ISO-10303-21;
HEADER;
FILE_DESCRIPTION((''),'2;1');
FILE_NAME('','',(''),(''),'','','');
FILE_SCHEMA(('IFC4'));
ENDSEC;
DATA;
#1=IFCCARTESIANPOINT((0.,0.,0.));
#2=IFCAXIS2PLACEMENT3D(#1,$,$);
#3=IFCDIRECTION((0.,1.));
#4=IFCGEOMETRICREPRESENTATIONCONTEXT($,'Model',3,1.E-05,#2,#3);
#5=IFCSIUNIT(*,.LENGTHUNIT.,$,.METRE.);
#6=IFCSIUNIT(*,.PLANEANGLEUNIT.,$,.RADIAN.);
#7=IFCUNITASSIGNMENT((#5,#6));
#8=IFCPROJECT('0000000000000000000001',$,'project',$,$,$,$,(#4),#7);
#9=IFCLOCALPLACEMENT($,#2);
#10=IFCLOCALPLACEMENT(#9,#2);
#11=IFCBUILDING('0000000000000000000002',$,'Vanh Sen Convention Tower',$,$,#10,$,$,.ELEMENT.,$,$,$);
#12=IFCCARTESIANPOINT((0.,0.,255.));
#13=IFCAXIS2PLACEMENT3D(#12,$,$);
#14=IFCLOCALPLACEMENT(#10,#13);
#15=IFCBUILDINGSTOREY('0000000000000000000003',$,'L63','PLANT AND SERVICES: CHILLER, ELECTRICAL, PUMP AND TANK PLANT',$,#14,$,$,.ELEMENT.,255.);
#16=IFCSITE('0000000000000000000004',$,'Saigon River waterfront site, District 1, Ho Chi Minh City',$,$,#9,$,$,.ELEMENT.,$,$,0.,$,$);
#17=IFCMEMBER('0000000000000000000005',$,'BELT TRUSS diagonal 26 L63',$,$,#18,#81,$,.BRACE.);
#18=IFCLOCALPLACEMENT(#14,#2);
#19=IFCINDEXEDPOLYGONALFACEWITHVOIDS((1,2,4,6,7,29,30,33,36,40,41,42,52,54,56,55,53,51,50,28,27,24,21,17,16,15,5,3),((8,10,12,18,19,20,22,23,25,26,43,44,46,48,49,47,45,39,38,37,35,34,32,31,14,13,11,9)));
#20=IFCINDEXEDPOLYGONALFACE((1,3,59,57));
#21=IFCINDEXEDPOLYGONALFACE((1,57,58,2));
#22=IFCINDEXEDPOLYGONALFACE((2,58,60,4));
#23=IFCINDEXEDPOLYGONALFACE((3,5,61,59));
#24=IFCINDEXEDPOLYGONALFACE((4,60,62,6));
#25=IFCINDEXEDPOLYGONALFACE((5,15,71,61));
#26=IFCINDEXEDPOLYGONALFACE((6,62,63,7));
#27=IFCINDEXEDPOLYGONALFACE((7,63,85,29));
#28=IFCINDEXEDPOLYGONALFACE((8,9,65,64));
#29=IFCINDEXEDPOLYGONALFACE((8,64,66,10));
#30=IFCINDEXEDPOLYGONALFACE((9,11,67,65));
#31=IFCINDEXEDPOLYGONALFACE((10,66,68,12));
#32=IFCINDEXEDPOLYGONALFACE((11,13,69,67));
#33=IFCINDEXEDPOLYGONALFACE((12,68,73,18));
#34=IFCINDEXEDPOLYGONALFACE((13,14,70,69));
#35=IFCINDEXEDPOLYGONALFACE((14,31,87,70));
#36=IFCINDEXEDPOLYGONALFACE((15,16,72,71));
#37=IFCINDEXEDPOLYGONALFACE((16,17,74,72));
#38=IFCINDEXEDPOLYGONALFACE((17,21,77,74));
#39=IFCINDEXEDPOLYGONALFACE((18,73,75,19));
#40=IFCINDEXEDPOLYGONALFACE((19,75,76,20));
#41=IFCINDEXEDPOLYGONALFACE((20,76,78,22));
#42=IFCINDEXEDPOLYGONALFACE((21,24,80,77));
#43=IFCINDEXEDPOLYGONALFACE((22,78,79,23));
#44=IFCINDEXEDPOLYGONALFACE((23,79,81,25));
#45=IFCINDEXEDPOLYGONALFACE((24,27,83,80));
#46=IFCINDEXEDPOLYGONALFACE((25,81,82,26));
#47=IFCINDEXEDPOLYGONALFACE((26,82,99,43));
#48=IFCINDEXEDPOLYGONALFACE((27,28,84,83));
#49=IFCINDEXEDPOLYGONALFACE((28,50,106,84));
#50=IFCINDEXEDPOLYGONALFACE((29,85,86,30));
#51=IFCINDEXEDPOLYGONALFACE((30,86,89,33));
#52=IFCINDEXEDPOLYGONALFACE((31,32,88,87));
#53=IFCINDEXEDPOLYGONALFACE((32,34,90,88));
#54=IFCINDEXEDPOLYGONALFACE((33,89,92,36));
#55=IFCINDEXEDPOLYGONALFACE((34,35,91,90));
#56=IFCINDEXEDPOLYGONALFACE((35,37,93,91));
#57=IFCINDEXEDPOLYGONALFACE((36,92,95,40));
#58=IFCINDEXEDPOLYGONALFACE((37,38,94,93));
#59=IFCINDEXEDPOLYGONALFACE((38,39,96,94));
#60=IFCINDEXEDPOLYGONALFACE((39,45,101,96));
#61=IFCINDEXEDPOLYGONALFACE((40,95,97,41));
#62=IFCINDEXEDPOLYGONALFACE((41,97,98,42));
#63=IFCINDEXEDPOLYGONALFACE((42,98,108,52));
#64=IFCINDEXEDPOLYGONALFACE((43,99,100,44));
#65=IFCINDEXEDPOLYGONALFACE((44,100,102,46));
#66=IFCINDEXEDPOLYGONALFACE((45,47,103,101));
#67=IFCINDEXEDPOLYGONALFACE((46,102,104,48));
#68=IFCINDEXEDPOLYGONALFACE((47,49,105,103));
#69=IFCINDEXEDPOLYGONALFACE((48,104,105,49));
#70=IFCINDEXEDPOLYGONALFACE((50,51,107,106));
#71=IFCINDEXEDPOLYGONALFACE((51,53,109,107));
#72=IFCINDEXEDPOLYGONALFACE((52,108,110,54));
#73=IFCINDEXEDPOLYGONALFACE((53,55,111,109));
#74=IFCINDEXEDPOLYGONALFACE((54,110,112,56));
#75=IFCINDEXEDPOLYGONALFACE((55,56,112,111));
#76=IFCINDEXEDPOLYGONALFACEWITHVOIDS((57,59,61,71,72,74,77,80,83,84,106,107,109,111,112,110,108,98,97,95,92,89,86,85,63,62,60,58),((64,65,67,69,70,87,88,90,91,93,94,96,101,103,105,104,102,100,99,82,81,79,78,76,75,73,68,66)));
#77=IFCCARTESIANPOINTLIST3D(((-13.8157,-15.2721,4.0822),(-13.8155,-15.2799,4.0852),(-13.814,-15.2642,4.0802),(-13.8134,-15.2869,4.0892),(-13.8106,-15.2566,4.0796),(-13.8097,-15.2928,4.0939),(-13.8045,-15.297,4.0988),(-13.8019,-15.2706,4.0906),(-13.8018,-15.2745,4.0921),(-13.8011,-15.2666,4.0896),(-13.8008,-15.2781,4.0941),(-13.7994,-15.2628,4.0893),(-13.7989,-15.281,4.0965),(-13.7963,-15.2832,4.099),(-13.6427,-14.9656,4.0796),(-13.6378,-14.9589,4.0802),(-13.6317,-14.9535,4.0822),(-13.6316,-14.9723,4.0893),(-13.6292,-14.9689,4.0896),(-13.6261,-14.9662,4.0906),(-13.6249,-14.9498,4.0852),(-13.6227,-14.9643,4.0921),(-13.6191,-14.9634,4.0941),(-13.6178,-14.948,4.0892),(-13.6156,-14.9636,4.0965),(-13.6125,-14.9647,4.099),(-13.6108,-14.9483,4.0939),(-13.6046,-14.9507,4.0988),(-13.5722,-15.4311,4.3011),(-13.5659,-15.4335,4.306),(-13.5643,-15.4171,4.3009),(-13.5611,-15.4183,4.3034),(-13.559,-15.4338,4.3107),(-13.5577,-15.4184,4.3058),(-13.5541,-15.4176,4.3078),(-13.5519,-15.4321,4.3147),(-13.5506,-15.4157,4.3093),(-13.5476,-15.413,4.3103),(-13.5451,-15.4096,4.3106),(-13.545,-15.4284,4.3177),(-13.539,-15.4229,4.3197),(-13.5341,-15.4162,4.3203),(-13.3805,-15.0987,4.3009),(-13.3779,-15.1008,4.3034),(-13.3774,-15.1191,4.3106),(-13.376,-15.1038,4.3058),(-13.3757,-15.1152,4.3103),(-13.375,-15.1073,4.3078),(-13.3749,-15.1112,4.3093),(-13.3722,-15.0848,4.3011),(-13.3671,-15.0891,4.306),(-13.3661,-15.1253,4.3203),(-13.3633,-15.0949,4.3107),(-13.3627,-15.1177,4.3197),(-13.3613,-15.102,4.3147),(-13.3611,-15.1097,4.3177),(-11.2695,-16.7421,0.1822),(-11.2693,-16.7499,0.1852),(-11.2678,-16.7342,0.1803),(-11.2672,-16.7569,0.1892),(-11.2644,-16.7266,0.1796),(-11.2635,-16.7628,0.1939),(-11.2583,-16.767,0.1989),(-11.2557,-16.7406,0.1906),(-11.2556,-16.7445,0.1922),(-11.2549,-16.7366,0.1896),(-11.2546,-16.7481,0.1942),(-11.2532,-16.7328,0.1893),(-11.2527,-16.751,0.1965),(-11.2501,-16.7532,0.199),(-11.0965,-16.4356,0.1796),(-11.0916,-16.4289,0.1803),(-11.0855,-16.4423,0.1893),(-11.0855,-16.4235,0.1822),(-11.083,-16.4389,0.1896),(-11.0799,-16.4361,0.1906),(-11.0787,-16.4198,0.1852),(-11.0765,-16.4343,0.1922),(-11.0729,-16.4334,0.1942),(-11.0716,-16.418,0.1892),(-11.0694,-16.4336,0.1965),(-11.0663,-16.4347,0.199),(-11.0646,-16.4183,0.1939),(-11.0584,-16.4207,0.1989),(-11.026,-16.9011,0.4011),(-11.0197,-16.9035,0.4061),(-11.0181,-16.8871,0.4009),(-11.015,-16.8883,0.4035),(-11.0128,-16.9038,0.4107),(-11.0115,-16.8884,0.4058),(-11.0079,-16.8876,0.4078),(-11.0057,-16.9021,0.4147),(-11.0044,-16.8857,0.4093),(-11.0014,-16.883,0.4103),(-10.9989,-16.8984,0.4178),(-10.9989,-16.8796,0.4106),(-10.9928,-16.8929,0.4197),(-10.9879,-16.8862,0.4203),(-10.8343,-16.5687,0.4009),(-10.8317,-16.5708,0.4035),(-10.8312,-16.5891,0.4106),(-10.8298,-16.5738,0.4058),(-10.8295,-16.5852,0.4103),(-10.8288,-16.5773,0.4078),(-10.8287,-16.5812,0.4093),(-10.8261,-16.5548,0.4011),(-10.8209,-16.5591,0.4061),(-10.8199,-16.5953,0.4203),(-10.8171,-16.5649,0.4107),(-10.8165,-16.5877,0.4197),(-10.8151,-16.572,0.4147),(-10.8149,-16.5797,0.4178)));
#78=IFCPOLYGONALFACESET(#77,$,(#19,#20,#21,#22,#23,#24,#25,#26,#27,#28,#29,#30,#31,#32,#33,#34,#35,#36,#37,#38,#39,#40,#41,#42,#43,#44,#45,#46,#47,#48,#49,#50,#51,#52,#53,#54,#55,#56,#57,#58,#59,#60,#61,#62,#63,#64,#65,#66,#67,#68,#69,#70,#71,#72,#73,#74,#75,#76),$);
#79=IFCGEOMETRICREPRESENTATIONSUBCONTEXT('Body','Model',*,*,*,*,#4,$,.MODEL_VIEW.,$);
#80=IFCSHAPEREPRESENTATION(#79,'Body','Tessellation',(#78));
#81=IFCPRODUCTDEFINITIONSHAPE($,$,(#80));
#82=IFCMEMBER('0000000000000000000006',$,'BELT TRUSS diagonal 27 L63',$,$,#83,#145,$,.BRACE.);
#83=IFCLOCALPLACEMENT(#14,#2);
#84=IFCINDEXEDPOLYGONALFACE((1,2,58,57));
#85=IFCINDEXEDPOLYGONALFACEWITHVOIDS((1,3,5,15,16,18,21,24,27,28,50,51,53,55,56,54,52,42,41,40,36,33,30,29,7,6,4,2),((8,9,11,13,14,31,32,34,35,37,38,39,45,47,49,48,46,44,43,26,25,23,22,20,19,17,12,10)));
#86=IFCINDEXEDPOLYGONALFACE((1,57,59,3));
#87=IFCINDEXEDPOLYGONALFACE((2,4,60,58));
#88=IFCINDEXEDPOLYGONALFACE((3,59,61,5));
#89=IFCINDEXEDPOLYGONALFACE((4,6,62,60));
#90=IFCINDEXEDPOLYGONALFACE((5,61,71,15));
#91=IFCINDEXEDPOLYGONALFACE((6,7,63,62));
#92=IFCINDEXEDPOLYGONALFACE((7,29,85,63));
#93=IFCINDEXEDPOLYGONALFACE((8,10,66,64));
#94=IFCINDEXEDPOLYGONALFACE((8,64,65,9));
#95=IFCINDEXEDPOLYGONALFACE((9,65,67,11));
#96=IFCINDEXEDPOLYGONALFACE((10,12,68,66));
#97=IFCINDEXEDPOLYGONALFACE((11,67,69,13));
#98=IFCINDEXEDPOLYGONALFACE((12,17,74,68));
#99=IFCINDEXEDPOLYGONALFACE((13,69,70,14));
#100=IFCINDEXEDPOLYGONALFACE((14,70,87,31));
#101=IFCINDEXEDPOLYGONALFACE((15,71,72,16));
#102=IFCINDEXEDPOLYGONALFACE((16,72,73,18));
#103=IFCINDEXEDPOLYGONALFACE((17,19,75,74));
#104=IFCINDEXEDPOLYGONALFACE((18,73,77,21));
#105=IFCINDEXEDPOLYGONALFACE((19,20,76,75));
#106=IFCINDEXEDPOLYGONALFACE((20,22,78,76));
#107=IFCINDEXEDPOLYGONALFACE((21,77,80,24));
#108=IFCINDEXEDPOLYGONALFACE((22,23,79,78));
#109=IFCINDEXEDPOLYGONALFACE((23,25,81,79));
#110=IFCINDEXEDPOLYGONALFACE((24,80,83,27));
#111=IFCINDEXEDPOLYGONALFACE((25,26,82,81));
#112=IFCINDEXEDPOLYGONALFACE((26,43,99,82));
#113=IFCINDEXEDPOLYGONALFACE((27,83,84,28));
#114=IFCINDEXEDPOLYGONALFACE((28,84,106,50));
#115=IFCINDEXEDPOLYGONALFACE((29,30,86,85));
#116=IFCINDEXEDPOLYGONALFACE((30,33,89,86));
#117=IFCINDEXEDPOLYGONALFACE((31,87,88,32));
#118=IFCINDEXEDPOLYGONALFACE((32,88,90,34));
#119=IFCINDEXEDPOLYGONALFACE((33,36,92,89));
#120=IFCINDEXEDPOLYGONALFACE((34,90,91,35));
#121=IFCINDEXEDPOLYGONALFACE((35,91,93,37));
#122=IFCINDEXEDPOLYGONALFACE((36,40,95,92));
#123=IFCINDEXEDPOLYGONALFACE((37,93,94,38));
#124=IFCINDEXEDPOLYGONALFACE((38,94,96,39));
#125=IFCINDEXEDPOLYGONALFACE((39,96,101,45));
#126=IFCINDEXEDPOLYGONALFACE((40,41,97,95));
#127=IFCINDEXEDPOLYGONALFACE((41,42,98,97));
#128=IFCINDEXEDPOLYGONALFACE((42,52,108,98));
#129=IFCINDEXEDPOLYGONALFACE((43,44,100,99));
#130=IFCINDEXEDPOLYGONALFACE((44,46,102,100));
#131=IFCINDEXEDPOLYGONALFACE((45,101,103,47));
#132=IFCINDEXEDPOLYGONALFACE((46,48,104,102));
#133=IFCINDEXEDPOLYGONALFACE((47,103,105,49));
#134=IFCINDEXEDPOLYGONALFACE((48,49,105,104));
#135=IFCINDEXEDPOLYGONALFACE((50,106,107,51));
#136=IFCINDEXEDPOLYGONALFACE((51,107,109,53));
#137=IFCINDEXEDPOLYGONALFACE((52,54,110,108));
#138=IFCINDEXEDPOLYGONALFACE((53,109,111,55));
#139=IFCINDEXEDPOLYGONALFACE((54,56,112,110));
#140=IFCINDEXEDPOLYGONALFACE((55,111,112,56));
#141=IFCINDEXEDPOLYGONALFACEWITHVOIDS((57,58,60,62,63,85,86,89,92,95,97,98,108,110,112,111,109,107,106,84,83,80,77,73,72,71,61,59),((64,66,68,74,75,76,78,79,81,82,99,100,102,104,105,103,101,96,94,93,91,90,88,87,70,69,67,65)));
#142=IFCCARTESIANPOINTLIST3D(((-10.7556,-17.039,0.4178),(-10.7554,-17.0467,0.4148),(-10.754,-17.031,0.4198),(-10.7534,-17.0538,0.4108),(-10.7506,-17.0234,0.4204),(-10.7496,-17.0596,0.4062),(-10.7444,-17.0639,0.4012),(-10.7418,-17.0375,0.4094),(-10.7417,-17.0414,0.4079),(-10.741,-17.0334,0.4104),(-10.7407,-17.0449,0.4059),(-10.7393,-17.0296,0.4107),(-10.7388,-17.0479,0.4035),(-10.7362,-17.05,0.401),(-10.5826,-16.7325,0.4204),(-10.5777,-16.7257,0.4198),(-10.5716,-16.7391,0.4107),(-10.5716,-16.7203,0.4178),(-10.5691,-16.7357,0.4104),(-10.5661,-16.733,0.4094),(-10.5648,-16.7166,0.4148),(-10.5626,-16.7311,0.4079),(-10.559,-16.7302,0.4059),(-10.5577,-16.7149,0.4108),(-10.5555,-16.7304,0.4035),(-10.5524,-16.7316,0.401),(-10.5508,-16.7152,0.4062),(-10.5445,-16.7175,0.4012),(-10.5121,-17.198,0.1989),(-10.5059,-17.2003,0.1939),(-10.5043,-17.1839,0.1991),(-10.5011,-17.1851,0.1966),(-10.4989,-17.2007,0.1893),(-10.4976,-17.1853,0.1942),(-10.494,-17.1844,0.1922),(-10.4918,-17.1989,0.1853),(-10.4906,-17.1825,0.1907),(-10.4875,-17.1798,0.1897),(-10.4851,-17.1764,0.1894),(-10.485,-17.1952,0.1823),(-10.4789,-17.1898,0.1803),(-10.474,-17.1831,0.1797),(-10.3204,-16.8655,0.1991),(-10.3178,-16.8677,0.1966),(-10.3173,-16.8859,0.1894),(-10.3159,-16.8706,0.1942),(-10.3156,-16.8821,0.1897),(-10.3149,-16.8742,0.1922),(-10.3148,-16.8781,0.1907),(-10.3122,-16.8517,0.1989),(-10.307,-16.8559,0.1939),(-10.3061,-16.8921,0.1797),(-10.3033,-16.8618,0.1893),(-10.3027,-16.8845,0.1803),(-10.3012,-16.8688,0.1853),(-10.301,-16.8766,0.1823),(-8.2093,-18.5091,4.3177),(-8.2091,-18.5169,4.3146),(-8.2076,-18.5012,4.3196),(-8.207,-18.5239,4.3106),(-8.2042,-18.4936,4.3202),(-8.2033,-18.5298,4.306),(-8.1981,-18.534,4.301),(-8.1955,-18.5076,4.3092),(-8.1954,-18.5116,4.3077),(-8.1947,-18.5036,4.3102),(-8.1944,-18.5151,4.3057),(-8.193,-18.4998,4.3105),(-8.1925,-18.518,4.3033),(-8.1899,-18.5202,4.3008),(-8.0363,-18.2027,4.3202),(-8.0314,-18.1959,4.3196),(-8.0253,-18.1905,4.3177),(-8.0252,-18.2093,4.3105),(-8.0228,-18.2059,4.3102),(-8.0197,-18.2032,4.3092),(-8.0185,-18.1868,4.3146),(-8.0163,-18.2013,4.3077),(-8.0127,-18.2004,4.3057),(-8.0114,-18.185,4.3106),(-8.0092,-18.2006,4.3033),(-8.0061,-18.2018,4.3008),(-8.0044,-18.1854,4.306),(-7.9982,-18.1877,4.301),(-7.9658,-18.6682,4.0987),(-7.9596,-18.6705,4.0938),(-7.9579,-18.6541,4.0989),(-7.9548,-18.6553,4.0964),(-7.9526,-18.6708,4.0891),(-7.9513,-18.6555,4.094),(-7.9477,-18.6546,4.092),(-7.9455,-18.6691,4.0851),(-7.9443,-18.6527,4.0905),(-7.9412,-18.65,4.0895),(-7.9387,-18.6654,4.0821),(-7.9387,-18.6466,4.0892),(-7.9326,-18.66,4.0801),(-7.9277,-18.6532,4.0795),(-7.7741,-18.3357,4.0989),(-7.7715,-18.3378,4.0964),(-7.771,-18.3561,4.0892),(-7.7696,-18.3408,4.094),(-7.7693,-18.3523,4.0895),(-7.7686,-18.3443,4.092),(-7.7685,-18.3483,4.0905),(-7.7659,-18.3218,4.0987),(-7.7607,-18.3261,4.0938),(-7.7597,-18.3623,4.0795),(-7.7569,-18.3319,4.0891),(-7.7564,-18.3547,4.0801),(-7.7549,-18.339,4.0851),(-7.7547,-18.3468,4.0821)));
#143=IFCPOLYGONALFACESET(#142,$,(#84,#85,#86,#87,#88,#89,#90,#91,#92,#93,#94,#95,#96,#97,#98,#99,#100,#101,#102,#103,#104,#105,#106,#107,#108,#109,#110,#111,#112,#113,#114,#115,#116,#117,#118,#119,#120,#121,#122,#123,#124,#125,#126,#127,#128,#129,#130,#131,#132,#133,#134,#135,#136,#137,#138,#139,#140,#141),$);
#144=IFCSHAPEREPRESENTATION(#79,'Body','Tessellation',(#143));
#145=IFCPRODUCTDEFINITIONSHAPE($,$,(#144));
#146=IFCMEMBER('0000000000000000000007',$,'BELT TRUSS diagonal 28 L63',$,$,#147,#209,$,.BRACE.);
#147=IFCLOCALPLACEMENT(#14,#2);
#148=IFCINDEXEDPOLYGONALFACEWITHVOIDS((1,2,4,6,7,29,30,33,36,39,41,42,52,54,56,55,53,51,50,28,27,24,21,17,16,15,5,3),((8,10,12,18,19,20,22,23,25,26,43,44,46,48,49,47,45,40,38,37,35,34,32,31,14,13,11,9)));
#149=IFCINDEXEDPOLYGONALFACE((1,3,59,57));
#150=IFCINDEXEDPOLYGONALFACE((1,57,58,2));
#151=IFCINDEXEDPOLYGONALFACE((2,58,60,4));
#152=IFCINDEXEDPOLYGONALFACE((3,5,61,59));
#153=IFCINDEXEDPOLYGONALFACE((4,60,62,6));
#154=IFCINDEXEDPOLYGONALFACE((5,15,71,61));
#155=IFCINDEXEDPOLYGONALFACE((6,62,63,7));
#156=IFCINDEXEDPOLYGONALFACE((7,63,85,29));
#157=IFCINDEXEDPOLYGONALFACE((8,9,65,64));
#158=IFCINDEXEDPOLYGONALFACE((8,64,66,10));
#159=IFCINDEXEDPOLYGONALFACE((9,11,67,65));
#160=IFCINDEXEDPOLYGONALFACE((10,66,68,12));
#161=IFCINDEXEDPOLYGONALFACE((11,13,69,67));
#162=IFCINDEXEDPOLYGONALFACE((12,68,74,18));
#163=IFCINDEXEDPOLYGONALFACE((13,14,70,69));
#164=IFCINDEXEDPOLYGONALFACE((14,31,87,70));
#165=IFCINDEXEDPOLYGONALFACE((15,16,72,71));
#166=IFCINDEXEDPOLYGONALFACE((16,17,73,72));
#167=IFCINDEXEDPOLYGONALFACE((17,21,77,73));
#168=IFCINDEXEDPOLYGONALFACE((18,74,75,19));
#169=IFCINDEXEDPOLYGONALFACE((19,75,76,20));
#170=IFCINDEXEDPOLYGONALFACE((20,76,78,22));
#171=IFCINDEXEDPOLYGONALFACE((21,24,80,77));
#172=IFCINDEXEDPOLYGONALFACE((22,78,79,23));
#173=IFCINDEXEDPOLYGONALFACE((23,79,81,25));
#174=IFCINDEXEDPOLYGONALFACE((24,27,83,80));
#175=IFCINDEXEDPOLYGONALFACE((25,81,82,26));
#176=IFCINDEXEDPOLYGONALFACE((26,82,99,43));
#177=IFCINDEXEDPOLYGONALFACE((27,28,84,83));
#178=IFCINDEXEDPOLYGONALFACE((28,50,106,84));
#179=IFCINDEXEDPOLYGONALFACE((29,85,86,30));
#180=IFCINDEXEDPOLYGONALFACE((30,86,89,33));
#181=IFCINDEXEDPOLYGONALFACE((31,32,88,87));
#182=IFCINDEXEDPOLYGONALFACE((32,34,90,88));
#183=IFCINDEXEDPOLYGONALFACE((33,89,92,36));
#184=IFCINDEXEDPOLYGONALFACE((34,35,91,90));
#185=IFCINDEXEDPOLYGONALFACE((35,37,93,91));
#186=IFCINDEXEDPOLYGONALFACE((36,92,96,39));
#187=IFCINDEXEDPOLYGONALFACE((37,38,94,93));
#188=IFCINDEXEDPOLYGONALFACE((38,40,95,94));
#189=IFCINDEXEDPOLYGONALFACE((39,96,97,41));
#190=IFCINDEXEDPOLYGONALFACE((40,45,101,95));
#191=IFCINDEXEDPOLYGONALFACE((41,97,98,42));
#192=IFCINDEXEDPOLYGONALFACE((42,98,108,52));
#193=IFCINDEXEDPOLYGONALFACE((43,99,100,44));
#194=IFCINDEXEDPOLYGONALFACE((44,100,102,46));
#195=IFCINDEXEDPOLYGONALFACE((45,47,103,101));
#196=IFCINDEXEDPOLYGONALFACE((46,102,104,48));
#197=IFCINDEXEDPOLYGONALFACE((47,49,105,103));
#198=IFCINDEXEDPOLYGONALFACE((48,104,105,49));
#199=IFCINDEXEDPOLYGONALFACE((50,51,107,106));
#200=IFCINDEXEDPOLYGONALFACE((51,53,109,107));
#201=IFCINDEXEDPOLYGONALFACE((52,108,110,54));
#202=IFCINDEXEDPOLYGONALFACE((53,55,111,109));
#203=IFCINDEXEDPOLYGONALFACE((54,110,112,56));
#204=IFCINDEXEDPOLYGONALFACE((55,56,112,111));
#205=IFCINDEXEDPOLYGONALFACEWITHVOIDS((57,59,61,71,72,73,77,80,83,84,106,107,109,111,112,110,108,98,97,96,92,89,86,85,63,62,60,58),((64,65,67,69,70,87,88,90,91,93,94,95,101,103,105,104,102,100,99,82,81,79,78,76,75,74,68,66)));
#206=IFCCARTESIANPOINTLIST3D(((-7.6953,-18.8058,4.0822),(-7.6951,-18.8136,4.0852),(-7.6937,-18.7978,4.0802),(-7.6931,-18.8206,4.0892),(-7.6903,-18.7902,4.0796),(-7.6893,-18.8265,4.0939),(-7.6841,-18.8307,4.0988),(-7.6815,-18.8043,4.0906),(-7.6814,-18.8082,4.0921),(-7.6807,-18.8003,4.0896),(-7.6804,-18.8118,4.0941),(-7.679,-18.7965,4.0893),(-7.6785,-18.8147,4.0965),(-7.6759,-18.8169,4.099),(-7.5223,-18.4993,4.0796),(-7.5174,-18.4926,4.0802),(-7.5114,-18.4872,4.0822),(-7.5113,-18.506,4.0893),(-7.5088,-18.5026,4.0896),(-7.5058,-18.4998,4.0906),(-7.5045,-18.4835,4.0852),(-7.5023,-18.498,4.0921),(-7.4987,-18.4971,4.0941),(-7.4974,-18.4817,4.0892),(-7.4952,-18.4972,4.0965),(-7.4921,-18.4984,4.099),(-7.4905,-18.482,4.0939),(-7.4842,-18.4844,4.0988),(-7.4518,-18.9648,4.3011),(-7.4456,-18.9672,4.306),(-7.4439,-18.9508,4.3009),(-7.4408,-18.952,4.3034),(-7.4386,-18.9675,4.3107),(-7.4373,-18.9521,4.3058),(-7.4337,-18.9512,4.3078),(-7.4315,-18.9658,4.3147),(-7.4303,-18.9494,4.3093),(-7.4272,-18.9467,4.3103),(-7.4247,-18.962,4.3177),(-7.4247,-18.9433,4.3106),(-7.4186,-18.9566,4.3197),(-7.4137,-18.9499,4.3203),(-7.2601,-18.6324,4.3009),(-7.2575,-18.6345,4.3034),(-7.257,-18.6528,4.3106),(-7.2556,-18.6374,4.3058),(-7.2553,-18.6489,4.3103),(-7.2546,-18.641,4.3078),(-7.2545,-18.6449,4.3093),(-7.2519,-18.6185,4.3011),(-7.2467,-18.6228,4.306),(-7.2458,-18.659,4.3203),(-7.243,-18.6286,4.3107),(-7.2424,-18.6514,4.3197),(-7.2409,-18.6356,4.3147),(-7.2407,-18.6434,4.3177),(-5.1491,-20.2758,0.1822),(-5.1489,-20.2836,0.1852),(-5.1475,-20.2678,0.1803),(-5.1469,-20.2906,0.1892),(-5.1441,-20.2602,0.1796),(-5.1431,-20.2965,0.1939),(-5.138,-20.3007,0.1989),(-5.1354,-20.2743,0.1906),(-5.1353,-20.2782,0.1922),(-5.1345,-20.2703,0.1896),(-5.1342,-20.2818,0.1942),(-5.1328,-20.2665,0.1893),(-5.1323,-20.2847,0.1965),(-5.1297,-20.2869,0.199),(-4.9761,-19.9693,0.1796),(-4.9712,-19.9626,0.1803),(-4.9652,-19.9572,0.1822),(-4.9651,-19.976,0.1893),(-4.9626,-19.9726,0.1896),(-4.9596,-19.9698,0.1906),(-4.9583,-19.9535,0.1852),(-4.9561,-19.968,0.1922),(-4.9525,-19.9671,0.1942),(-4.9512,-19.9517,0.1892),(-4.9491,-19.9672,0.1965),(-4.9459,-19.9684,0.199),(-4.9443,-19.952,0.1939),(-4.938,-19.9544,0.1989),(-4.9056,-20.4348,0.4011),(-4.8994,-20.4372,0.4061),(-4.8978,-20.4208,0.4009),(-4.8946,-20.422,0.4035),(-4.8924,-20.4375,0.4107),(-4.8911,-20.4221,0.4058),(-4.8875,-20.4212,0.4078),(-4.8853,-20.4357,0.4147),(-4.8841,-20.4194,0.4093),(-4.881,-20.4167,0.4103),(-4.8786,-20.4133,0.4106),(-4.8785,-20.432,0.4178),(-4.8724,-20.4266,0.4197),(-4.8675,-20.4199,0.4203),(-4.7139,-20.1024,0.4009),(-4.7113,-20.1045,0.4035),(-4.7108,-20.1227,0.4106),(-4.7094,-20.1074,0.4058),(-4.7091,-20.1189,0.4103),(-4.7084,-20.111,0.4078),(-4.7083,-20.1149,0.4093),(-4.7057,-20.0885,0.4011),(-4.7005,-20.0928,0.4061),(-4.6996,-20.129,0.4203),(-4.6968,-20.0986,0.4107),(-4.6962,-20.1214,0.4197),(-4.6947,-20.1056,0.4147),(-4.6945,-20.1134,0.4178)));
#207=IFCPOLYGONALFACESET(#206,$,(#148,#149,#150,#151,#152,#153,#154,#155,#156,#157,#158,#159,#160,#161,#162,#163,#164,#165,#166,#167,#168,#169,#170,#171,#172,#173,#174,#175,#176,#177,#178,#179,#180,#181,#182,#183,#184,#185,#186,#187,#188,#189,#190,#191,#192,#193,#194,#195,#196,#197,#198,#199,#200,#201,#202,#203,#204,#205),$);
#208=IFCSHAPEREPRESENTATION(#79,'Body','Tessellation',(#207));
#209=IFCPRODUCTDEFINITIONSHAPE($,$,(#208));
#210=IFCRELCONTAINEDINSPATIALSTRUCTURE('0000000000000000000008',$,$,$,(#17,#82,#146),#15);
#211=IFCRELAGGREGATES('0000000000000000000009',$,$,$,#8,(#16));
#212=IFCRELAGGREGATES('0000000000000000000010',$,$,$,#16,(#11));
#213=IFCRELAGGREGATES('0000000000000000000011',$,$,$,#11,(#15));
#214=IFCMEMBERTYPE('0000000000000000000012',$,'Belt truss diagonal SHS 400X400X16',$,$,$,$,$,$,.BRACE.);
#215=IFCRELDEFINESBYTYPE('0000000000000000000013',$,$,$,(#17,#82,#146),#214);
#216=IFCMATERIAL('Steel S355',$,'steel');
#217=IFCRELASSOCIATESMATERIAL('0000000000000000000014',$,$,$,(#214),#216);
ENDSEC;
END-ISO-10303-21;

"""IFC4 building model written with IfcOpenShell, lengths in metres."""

from ifc_helpers import new_model, si_unit, direction, frame, origin, origin_2d, place, context, subcontext, project, spatial, hollow_rectangle, extrude, material, material_profile, profile_set, type_object, element, save


model = new_model("IFC4")

# Units and contexts
model_context = context("Model", 3, precision=1e-05, world=origin(), true_north=direction((0.0, 1.0)))
body_context = subcontext(model_context, "Body", "Model", "MODEL_VIEW")
ifc_project = project(units=[si_unit("LENGTHUNIT", "METRE"), si_unit("PLANEANGLEUNIT", "RADIAN")], contexts=[model_context])

# Site, building, storey
site_placement = place(None, origin())
site = spatial("IfcSite", under=ifc_project, at=site_placement, Name="Saigon River waterfront site, District 1, Ho Chi Minh City", CompositionType="ELEMENT", RefElevation=0.0)
building_placement = place(site_placement, origin())
building = spatial("IfcBuilding", under=site, at=building_placement, Name="Vanh Sen Convention Tower", CompositionType="ELEMENT")
storey_placement = place(building_placement, frame((0.0, 0.0, 255.0)))
storey = spatial("IfcBuildingStorey", under=building, at=storey_placement, Name="L63", Description="PLANT AND SERVICES: CHILLER, ELECTRICAL, PUMP AND TANK PLANT", CompositionType="ELEMENT", Elevation=255.0)

# Members
ifc_material_1 = material(Name="Steel S355", Category="steel")
ifc_material_profile_1 = material_profile(ifc_material_1, hollow_rectangle(XDim=0.3999, YDim=0.3999, WallThickness=0.0161, InnerFilletRadius=0.0161, OuterFilletRadius=0.032, at=origin_2d()), Name="SHS 400X400X16")
ifc_profile_set_1 = profile_set([ifc_material_profile_1], Name="Steel S355")
member_type_1 = type_object("IfcMemberType", Name="Belt truss diagonal SHS 400X400X16", PredefinedType="BRACE", material=ifc_profile_set_1)
for number, where, z_axis, x_axis, name in (
    (1, (-13.5884, -15.1909, 4.2), (0.521329, -0.30098, -0.798515), (0.499988, 0.866032, 0.0), "BELT TRUSS diagonal 26 L63"),
    (2, (-10.5283, -16.9578, 0.3), (0.521358, -0.301018, 0.798482), (0.500015, 0.866017, 0.0), "BELT TRUSS diagonal 27 L63"),
    (3, (-7.468, -18.7246, 4.2), (0.521329, -0.30098, -0.798515), (0.499988, 0.866032, 0.0), "BELT TRUSS diagonal 28 L63"),
):
    element("IfcMember", number, at=place(storey_placement, frame(where, z_axis=z_axis, x_axis=x_axis)), inside=storey, type_object=member_type_1, Name=name, PredefinedType="BRACE", context=body_context, shape_type="SweptSolid", body=[
        extrude(hollow_rectangle(XDim=0.3999, YDim=0.3999, WallThickness=0.0161, InnerFilletRadius=0.0161, OuterFilletRadius=0.032, at=origin_2d()), origin(), (0.0, 0.0, 1.0), 4.884),
    ])

save(model, "model.ifc")
